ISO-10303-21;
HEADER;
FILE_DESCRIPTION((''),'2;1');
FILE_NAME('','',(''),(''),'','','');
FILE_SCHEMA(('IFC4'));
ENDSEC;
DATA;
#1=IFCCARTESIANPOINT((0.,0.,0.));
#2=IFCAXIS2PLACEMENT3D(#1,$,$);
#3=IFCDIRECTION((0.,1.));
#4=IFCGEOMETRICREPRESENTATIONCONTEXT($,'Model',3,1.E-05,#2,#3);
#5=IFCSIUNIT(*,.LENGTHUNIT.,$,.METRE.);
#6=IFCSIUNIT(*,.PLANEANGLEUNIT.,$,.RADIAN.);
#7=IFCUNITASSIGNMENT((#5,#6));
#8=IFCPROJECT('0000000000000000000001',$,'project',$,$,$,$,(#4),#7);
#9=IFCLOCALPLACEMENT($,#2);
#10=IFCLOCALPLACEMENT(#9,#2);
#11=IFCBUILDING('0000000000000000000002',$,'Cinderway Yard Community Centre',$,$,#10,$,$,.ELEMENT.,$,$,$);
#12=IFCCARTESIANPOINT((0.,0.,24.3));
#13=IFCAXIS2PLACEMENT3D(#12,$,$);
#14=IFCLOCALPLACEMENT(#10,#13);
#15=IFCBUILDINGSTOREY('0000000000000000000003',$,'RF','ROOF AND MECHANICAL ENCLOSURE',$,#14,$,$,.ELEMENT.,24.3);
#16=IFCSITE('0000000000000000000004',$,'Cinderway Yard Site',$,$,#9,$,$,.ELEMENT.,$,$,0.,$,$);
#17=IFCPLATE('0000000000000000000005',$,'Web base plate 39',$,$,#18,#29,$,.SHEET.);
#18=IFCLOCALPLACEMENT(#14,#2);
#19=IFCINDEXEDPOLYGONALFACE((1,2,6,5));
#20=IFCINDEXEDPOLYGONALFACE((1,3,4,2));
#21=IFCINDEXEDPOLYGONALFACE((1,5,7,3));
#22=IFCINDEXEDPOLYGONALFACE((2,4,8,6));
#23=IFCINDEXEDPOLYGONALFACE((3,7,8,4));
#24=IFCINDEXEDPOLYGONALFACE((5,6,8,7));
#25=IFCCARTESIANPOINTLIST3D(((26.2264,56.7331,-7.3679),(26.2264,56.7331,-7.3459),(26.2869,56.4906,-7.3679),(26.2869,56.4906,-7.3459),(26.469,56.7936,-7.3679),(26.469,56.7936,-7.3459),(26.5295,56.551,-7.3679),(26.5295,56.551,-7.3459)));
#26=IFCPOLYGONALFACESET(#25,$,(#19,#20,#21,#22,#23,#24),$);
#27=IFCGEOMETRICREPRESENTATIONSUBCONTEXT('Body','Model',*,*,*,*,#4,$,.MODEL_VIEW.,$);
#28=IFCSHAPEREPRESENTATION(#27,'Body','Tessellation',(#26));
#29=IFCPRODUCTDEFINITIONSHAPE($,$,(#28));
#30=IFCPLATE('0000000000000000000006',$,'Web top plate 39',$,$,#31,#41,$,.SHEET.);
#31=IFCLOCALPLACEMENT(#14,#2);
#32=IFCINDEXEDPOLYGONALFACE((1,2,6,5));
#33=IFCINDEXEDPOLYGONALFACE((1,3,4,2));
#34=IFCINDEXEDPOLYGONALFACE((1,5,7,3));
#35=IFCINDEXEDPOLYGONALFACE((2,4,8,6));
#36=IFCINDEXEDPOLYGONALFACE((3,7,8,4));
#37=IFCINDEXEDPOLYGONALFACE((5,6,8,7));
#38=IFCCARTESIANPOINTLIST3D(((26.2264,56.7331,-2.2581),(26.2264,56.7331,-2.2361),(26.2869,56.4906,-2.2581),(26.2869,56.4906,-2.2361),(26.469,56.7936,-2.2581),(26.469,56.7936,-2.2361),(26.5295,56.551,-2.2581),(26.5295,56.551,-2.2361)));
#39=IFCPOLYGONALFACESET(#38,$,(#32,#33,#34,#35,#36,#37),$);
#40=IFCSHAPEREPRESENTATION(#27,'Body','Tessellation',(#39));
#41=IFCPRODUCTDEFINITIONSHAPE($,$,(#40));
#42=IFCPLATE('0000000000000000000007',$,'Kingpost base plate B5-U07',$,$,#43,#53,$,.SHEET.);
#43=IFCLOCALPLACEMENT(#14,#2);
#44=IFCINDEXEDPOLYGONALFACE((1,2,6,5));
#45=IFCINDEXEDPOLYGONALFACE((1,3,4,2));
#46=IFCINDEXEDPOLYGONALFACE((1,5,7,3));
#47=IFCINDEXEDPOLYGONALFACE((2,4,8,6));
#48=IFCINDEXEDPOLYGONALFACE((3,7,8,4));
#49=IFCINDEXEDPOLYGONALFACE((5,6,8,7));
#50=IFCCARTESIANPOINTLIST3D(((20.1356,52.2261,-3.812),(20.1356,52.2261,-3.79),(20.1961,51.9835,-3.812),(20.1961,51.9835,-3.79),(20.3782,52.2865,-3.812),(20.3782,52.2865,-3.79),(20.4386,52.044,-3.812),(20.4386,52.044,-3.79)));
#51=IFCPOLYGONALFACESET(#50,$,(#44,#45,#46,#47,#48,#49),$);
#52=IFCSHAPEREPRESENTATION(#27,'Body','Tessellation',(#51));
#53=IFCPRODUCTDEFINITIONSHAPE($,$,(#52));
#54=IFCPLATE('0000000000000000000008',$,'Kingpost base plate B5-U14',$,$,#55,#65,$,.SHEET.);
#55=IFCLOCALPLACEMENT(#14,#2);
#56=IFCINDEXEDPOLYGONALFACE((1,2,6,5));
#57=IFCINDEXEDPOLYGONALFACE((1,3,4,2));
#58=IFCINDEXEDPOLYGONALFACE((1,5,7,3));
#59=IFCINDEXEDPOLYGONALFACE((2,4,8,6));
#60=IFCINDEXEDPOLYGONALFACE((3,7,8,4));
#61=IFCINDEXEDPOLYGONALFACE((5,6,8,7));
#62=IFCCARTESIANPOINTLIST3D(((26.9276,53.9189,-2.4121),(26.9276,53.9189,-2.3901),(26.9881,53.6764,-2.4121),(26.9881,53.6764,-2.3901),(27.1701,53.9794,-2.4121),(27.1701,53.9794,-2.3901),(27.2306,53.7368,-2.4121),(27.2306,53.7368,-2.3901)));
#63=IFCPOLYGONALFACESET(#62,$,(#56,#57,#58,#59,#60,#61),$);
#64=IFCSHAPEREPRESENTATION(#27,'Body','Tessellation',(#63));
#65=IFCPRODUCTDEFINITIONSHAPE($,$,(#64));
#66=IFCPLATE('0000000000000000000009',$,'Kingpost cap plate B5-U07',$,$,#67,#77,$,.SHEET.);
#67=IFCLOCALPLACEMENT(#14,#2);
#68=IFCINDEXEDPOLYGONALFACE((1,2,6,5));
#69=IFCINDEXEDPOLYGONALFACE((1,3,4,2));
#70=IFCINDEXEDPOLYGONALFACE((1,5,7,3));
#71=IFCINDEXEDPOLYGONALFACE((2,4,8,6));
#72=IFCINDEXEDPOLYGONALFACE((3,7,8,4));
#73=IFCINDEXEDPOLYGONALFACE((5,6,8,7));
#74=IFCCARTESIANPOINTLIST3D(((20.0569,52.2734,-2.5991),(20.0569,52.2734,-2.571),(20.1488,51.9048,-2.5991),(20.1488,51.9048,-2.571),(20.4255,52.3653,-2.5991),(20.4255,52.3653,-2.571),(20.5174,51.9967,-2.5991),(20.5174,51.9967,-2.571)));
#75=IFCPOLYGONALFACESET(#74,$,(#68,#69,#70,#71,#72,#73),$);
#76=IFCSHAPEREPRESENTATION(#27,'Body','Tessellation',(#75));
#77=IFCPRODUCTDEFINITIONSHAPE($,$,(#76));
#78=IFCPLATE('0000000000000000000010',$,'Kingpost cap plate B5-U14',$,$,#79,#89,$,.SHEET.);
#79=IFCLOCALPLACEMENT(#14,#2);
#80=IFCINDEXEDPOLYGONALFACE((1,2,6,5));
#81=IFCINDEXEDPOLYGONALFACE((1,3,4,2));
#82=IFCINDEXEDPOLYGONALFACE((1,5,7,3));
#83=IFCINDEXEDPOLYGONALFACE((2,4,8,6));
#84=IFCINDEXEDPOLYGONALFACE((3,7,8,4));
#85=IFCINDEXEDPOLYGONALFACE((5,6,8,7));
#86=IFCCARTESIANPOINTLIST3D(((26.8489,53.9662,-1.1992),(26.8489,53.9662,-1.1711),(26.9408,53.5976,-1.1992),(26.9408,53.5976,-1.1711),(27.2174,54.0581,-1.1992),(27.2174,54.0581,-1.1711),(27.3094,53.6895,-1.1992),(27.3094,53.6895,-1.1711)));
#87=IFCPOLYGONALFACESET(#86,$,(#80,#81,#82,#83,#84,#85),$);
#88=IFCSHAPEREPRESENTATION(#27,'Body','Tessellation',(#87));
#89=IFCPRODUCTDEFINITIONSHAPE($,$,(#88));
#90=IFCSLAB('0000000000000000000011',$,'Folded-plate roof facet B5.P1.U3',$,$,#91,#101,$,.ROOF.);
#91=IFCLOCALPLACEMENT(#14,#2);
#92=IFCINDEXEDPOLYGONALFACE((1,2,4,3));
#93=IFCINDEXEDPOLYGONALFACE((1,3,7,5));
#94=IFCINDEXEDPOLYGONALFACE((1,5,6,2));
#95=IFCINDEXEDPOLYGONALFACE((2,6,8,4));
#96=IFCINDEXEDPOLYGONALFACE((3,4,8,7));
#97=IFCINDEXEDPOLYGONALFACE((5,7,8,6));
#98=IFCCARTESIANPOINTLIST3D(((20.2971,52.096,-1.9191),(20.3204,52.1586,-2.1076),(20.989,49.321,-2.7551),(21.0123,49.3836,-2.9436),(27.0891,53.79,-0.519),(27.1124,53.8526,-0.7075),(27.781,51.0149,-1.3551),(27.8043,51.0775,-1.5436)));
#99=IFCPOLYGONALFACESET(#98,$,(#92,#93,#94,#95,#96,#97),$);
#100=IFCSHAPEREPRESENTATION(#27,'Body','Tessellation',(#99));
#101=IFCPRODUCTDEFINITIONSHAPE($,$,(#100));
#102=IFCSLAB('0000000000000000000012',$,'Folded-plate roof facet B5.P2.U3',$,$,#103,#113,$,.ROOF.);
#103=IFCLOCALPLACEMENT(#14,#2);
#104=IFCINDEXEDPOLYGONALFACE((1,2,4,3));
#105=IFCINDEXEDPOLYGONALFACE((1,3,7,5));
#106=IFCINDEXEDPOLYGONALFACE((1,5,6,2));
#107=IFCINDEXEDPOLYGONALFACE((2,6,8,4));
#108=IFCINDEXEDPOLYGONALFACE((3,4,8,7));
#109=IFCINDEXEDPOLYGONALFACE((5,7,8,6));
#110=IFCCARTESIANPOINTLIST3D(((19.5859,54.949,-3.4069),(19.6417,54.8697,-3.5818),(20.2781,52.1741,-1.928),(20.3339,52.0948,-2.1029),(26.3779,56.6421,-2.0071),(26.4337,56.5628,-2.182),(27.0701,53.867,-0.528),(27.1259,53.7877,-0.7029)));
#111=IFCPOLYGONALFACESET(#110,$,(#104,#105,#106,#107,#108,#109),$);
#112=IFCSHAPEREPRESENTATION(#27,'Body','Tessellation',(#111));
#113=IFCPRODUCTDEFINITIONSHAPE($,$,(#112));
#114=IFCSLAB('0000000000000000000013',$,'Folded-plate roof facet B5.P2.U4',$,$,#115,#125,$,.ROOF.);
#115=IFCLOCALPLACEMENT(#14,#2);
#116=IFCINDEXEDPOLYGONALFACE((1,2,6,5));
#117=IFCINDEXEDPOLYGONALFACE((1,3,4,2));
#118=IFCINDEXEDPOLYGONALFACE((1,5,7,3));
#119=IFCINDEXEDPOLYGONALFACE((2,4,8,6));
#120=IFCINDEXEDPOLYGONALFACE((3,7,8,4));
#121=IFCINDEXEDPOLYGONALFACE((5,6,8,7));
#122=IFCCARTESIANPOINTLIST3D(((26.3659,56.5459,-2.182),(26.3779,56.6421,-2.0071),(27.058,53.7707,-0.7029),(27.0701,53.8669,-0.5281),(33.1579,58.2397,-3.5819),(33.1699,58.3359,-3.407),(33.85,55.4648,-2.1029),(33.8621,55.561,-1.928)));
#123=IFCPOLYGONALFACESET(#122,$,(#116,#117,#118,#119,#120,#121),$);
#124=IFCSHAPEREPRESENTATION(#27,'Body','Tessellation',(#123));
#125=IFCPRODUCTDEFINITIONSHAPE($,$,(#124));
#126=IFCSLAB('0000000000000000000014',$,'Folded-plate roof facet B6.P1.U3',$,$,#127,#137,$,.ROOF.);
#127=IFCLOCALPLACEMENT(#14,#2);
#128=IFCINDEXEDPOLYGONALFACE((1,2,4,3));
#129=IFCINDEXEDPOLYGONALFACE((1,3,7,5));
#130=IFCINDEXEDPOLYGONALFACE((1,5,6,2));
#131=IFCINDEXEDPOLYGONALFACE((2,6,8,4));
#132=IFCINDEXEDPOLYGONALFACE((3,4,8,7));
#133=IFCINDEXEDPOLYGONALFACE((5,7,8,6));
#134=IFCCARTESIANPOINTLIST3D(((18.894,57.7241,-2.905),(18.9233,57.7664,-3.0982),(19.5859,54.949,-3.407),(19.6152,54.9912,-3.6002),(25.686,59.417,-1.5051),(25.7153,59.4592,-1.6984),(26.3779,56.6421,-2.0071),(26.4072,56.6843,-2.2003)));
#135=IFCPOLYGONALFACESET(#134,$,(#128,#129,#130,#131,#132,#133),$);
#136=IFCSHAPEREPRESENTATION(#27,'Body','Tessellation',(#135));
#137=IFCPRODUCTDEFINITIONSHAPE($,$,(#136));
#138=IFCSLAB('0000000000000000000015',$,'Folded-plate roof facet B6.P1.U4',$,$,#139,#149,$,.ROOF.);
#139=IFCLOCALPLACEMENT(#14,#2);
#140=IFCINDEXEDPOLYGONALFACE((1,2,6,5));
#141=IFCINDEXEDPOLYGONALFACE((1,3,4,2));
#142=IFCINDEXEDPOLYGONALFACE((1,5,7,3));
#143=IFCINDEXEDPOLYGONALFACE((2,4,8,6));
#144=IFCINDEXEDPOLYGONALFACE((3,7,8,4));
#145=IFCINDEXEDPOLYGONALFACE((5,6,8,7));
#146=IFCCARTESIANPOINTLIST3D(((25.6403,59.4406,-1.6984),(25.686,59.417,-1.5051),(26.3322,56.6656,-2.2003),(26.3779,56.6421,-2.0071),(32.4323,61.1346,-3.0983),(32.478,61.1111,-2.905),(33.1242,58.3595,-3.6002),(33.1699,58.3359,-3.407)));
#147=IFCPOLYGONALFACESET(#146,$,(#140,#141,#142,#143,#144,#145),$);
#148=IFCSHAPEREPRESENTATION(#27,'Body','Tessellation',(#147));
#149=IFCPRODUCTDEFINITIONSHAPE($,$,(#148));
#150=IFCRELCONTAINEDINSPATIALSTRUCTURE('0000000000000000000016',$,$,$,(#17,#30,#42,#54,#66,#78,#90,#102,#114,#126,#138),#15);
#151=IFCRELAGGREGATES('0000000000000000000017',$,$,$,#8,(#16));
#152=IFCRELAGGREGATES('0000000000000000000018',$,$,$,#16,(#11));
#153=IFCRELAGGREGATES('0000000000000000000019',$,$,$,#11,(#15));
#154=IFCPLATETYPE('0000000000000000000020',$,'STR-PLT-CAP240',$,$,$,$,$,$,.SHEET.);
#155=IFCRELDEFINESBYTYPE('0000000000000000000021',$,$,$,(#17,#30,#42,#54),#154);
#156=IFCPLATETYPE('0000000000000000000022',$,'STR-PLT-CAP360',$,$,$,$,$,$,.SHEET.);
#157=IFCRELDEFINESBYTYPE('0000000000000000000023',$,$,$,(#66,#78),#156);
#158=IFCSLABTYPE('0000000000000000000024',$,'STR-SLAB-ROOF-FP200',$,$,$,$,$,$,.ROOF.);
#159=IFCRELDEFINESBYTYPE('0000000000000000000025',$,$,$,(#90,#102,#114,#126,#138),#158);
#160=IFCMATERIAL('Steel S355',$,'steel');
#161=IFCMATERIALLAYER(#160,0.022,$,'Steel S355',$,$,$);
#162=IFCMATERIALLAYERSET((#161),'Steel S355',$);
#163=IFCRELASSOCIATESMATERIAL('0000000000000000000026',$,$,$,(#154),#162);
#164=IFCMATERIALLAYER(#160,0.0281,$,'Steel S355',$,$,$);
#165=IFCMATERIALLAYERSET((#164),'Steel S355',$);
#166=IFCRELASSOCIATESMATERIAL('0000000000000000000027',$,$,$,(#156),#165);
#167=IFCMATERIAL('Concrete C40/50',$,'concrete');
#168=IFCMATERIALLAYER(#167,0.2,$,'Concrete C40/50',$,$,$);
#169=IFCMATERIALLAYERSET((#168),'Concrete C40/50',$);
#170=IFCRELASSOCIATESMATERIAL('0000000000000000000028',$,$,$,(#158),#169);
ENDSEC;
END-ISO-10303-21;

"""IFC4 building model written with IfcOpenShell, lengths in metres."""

from ifc_helpers import new_model, si_unit, direction, frame, origin, origin_2d, place, context, subcontext, project, spatial, polyline, rectangle, outline, extrude, material, layer, layer_set, type_object, element, save


model = new_model("IFC4")

# Units and contexts
model_context = context("Model", 3, precision=1e-05, world=origin(), true_north=direction((0.0, 1.0)))
body_context = subcontext(model_context, "Body", "Model", "MODEL_VIEW")
ifc_project = project(units=[si_unit("LENGTHUNIT", "METRE"), si_unit("PLANEANGLEUNIT", "RADIAN")], contexts=[model_context])

# Site, building, storey
site_placement = place(None, origin())
site = spatial("IfcSite", under=ifc_project, at=site_placement, Name="Cinderway Yard Site", CompositionType="ELEMENT", RefElevation=0.0)
building_placement = place(site_placement, origin())
building = spatial("IfcBuilding", under=site, at=building_placement, Name="Cinderway Yard Community Centre", CompositionType="ELEMENT")
storey_placement = place(building_placement, frame((0.0, 0.0, 24.3)))
storey = spatial("IfcBuildingStorey", under=building, at=storey_placement, Name="RF", Description="ROOF AND MECHANICAL ENCLOSURE", CompositionType="ELEMENT", Elevation=24.3)

# Shared definitions
ifc_material_1 = material(Name="Concrete C40/50", Category="concrete")
ifc_material_2 = material(Name="Steel S355", Category="steel")

# Plates
ifc_layer_1 = layer(ifc_material_2, 0.022, Name="Steel S355")
ifc_layer_set_1 = layer_set([ifc_layer_1], Name="Steel S355")
plate_type_1 = type_object("IfcPlateType", Name="STR-PLT-CAP240", PredefinedType="SHEET", material=ifc_layer_set_1)
for number, where, z_axis, x_axis, name in (
    (1, (26.3779, 56.6421, -7.3679), (0.0, 0.0, 1.0), (0.970296, 0.241922, 0.0), "Web base plate 39"),
    (2, (26.3779, 56.6421, -2.2581), (0.0, 0.0, 1.0), (0.970296, 0.241922, 0.0), "Web top plate 39"),
    (3, (20.2871, 52.135, -3.812), (0.0, 0.0, 1.0), (0.970296, 0.241922, 0.0), "Kingpost base plate B5-U07"),
    (4, (27.0791, 53.8279, -2.4121), (0.0, 0.0, 1.0), (0.970296, 0.241922, 0.0), "Kingpost base plate B5-U14"),
):
    element("IfcPlate", number, at=place(storey_placement, frame(where, z_axis=z_axis, x_axis=x_axis)), inside=storey, type_object=plate_type_1, Name=name, PredefinedType="SHEET", context=body_context, shape_type="SweptSolid", body=[
        extrude(rectangle(XDim=0.25, YDim=0.25, at=origin_2d()), origin(), (0.0, 0.0, 1.0), 0.022),
    ])
ifc_layer_2 = layer(ifc_material_2, 0.0281, Name="Steel S355")
ifc_layer_set_2 = layer_set([ifc_layer_2], Name="Steel S355")
plate_type_2 = type_object("IfcPlateType", Name="STR-PLT-CAP360", PredefinedType="SHEET", material=ifc_layer_set_2)
for number, where, z_axis, x_axis, name in (
    (5, (20.2871, 52.135, -2.5991), (0.0, 0.0, 1.0), (0.970296, 0.241922, 0.0), "Kingpost cap plate B5-U07"),
    (6, (27.0791, 53.8279, -1.1992), (0.0, 0.0, 1.0), (0.970296, 0.241922, 0.0), "Kingpost cap plate B5-U14"),
):
    element("IfcPlate", number, at=place(storey_placement, frame(where, z_axis=z_axis, x_axis=x_axis)), inside=storey, type_object=plate_type_2, Name=name, PredefinedType="SHEET", context=body_context, shape_type="SweptSolid", body=[
        extrude(rectangle(XDim=0.3799, YDim=0.3799, at=origin_2d()), origin(), (0.0, 0.0, 1.0), 0.0281),
    ])

# Slabs
ifc_layer_3 = layer(ifc_material_1, 0.2, Name="Concrete C40/50")
ifc_layer_set_3 = layer_set([ifc_layer_3], Name="Concrete C40/50")
slab_type = type_object("IfcSlabType", Name="STR-SLAB-ROOF-FP200", PredefinedType="ROOF", material=ifc_layer_set_3)
slab_1_placement = place(storey_placement, frame((20.989, 49.321, -2.7551), z_axis=(-0.116243, -0.312976, 0.942621), x_axis=(0.951438, 0.237284, 0.196115)))
element("IfcSlab", 7, at=slab_1_placement, inside=storey, type_object=slab_type, Name="Folded-plate roof facet B5.P1.U3", PredefinedType="ROOF", context=body_context, shape_type="SweptSolid", body=[
    extrude(outline(polyline([(0.0, 0.0), (7.1387, 0.0), (7.3028, 2.9752), (0.1641, 2.9751), (0.0, 0.0)])), origin(), (0.0, 0.0, -1.0), 0.2),
])
slab_2_placement = place(storey_placement, frame((20.2781, 52.1741, -1.928), z_axis=(-0.279095, 0.396512, 0.874577), x_axis=(0.951471, 0.237153, 0.196115)))
element("IfcSlab", 8, at=slab_2_placement, inside=storey, type_object=slab_type, Name="Folded-plate roof facet B5.P2.U3", PredefinedType="ROOF", context=body_context, shape_type="SweptSolid", body=[
    extrude(outline(polyline([(0.0, 0.0), (7.1384, 0.0), (6.8479, 3.2068), (-0.2905, 3.2066), (0.0, 0.0)])), origin(), (0.0, 0.0, -1.0), 0.2),
])
slab_3_placement = place(storey_placement, frame((27.0701, 53.8669, -0.5281), z_axis=(0.060256, 0.481147, 0.874567), x_axis=(0.951434, 0.237307, -0.196108)))
element("IfcSlab", 9, at=slab_3_placement, inside=storey, type_object=slab_type, Name="Folded-plate roof facet B5.P2.U4", PredefinedType="ROOF", context=body_context, shape_type="SweptSolid", body=[
    extrude(outline(polyline([(0.0, 0.0), (7.1387, 0.0), (7.4287, 3.2066), (0.2901, 3.2068), (0.0, 0.0)])), origin(), (0.0, 0.0, -1.0), 0.2),
])
slab_4_placement = place(storey_placement, frame((19.5859, 54.949, -3.407), z_axis=(-0.146504, -0.211328, 0.966373), x_axis=(0.951465, 0.237182, 0.196111)))
element("IfcSlab", 10, at=slab_4_placement, inside=storey, type_object=slab_type, Name="Folded-plate roof facet B6.P1.U3", PredefinedType="ROOF", context=body_context, shape_type="SweptSolid", body=[
    extrude(outline(polyline([(0.0, 0.0), (7.1385, 0.0), (7.2367, 2.9019), (0.0983, 2.9021), (0.0, 0.0)])), origin(), (0.0, 0.0, -1.0), 0.2),
])
slab_5_placement = place(storey_placement, frame((26.3779, 56.6421, -2.0071), z_axis=(0.228563, -0.117813, 0.966374), x_axis=(0.951442, 0.237279, -0.196104)))
element("IfcSlab", 11, at=slab_5_placement, inside=storey, type_object=slab_type, Name="Folded-plate roof facet B6.P1.U4", PredefinedType="ROOF", context=body_context, shape_type="SweptSolid", body=[
    extrude(outline(polyline([(0.0, 0.0), (7.1386, 0.0), (7.0404, 2.9021), (-0.0983, 2.9019), (0.0, 0.0)])), origin(), (0.0, 0.0, -1.0), 0.2),
])

save(model, "model.ifc")
